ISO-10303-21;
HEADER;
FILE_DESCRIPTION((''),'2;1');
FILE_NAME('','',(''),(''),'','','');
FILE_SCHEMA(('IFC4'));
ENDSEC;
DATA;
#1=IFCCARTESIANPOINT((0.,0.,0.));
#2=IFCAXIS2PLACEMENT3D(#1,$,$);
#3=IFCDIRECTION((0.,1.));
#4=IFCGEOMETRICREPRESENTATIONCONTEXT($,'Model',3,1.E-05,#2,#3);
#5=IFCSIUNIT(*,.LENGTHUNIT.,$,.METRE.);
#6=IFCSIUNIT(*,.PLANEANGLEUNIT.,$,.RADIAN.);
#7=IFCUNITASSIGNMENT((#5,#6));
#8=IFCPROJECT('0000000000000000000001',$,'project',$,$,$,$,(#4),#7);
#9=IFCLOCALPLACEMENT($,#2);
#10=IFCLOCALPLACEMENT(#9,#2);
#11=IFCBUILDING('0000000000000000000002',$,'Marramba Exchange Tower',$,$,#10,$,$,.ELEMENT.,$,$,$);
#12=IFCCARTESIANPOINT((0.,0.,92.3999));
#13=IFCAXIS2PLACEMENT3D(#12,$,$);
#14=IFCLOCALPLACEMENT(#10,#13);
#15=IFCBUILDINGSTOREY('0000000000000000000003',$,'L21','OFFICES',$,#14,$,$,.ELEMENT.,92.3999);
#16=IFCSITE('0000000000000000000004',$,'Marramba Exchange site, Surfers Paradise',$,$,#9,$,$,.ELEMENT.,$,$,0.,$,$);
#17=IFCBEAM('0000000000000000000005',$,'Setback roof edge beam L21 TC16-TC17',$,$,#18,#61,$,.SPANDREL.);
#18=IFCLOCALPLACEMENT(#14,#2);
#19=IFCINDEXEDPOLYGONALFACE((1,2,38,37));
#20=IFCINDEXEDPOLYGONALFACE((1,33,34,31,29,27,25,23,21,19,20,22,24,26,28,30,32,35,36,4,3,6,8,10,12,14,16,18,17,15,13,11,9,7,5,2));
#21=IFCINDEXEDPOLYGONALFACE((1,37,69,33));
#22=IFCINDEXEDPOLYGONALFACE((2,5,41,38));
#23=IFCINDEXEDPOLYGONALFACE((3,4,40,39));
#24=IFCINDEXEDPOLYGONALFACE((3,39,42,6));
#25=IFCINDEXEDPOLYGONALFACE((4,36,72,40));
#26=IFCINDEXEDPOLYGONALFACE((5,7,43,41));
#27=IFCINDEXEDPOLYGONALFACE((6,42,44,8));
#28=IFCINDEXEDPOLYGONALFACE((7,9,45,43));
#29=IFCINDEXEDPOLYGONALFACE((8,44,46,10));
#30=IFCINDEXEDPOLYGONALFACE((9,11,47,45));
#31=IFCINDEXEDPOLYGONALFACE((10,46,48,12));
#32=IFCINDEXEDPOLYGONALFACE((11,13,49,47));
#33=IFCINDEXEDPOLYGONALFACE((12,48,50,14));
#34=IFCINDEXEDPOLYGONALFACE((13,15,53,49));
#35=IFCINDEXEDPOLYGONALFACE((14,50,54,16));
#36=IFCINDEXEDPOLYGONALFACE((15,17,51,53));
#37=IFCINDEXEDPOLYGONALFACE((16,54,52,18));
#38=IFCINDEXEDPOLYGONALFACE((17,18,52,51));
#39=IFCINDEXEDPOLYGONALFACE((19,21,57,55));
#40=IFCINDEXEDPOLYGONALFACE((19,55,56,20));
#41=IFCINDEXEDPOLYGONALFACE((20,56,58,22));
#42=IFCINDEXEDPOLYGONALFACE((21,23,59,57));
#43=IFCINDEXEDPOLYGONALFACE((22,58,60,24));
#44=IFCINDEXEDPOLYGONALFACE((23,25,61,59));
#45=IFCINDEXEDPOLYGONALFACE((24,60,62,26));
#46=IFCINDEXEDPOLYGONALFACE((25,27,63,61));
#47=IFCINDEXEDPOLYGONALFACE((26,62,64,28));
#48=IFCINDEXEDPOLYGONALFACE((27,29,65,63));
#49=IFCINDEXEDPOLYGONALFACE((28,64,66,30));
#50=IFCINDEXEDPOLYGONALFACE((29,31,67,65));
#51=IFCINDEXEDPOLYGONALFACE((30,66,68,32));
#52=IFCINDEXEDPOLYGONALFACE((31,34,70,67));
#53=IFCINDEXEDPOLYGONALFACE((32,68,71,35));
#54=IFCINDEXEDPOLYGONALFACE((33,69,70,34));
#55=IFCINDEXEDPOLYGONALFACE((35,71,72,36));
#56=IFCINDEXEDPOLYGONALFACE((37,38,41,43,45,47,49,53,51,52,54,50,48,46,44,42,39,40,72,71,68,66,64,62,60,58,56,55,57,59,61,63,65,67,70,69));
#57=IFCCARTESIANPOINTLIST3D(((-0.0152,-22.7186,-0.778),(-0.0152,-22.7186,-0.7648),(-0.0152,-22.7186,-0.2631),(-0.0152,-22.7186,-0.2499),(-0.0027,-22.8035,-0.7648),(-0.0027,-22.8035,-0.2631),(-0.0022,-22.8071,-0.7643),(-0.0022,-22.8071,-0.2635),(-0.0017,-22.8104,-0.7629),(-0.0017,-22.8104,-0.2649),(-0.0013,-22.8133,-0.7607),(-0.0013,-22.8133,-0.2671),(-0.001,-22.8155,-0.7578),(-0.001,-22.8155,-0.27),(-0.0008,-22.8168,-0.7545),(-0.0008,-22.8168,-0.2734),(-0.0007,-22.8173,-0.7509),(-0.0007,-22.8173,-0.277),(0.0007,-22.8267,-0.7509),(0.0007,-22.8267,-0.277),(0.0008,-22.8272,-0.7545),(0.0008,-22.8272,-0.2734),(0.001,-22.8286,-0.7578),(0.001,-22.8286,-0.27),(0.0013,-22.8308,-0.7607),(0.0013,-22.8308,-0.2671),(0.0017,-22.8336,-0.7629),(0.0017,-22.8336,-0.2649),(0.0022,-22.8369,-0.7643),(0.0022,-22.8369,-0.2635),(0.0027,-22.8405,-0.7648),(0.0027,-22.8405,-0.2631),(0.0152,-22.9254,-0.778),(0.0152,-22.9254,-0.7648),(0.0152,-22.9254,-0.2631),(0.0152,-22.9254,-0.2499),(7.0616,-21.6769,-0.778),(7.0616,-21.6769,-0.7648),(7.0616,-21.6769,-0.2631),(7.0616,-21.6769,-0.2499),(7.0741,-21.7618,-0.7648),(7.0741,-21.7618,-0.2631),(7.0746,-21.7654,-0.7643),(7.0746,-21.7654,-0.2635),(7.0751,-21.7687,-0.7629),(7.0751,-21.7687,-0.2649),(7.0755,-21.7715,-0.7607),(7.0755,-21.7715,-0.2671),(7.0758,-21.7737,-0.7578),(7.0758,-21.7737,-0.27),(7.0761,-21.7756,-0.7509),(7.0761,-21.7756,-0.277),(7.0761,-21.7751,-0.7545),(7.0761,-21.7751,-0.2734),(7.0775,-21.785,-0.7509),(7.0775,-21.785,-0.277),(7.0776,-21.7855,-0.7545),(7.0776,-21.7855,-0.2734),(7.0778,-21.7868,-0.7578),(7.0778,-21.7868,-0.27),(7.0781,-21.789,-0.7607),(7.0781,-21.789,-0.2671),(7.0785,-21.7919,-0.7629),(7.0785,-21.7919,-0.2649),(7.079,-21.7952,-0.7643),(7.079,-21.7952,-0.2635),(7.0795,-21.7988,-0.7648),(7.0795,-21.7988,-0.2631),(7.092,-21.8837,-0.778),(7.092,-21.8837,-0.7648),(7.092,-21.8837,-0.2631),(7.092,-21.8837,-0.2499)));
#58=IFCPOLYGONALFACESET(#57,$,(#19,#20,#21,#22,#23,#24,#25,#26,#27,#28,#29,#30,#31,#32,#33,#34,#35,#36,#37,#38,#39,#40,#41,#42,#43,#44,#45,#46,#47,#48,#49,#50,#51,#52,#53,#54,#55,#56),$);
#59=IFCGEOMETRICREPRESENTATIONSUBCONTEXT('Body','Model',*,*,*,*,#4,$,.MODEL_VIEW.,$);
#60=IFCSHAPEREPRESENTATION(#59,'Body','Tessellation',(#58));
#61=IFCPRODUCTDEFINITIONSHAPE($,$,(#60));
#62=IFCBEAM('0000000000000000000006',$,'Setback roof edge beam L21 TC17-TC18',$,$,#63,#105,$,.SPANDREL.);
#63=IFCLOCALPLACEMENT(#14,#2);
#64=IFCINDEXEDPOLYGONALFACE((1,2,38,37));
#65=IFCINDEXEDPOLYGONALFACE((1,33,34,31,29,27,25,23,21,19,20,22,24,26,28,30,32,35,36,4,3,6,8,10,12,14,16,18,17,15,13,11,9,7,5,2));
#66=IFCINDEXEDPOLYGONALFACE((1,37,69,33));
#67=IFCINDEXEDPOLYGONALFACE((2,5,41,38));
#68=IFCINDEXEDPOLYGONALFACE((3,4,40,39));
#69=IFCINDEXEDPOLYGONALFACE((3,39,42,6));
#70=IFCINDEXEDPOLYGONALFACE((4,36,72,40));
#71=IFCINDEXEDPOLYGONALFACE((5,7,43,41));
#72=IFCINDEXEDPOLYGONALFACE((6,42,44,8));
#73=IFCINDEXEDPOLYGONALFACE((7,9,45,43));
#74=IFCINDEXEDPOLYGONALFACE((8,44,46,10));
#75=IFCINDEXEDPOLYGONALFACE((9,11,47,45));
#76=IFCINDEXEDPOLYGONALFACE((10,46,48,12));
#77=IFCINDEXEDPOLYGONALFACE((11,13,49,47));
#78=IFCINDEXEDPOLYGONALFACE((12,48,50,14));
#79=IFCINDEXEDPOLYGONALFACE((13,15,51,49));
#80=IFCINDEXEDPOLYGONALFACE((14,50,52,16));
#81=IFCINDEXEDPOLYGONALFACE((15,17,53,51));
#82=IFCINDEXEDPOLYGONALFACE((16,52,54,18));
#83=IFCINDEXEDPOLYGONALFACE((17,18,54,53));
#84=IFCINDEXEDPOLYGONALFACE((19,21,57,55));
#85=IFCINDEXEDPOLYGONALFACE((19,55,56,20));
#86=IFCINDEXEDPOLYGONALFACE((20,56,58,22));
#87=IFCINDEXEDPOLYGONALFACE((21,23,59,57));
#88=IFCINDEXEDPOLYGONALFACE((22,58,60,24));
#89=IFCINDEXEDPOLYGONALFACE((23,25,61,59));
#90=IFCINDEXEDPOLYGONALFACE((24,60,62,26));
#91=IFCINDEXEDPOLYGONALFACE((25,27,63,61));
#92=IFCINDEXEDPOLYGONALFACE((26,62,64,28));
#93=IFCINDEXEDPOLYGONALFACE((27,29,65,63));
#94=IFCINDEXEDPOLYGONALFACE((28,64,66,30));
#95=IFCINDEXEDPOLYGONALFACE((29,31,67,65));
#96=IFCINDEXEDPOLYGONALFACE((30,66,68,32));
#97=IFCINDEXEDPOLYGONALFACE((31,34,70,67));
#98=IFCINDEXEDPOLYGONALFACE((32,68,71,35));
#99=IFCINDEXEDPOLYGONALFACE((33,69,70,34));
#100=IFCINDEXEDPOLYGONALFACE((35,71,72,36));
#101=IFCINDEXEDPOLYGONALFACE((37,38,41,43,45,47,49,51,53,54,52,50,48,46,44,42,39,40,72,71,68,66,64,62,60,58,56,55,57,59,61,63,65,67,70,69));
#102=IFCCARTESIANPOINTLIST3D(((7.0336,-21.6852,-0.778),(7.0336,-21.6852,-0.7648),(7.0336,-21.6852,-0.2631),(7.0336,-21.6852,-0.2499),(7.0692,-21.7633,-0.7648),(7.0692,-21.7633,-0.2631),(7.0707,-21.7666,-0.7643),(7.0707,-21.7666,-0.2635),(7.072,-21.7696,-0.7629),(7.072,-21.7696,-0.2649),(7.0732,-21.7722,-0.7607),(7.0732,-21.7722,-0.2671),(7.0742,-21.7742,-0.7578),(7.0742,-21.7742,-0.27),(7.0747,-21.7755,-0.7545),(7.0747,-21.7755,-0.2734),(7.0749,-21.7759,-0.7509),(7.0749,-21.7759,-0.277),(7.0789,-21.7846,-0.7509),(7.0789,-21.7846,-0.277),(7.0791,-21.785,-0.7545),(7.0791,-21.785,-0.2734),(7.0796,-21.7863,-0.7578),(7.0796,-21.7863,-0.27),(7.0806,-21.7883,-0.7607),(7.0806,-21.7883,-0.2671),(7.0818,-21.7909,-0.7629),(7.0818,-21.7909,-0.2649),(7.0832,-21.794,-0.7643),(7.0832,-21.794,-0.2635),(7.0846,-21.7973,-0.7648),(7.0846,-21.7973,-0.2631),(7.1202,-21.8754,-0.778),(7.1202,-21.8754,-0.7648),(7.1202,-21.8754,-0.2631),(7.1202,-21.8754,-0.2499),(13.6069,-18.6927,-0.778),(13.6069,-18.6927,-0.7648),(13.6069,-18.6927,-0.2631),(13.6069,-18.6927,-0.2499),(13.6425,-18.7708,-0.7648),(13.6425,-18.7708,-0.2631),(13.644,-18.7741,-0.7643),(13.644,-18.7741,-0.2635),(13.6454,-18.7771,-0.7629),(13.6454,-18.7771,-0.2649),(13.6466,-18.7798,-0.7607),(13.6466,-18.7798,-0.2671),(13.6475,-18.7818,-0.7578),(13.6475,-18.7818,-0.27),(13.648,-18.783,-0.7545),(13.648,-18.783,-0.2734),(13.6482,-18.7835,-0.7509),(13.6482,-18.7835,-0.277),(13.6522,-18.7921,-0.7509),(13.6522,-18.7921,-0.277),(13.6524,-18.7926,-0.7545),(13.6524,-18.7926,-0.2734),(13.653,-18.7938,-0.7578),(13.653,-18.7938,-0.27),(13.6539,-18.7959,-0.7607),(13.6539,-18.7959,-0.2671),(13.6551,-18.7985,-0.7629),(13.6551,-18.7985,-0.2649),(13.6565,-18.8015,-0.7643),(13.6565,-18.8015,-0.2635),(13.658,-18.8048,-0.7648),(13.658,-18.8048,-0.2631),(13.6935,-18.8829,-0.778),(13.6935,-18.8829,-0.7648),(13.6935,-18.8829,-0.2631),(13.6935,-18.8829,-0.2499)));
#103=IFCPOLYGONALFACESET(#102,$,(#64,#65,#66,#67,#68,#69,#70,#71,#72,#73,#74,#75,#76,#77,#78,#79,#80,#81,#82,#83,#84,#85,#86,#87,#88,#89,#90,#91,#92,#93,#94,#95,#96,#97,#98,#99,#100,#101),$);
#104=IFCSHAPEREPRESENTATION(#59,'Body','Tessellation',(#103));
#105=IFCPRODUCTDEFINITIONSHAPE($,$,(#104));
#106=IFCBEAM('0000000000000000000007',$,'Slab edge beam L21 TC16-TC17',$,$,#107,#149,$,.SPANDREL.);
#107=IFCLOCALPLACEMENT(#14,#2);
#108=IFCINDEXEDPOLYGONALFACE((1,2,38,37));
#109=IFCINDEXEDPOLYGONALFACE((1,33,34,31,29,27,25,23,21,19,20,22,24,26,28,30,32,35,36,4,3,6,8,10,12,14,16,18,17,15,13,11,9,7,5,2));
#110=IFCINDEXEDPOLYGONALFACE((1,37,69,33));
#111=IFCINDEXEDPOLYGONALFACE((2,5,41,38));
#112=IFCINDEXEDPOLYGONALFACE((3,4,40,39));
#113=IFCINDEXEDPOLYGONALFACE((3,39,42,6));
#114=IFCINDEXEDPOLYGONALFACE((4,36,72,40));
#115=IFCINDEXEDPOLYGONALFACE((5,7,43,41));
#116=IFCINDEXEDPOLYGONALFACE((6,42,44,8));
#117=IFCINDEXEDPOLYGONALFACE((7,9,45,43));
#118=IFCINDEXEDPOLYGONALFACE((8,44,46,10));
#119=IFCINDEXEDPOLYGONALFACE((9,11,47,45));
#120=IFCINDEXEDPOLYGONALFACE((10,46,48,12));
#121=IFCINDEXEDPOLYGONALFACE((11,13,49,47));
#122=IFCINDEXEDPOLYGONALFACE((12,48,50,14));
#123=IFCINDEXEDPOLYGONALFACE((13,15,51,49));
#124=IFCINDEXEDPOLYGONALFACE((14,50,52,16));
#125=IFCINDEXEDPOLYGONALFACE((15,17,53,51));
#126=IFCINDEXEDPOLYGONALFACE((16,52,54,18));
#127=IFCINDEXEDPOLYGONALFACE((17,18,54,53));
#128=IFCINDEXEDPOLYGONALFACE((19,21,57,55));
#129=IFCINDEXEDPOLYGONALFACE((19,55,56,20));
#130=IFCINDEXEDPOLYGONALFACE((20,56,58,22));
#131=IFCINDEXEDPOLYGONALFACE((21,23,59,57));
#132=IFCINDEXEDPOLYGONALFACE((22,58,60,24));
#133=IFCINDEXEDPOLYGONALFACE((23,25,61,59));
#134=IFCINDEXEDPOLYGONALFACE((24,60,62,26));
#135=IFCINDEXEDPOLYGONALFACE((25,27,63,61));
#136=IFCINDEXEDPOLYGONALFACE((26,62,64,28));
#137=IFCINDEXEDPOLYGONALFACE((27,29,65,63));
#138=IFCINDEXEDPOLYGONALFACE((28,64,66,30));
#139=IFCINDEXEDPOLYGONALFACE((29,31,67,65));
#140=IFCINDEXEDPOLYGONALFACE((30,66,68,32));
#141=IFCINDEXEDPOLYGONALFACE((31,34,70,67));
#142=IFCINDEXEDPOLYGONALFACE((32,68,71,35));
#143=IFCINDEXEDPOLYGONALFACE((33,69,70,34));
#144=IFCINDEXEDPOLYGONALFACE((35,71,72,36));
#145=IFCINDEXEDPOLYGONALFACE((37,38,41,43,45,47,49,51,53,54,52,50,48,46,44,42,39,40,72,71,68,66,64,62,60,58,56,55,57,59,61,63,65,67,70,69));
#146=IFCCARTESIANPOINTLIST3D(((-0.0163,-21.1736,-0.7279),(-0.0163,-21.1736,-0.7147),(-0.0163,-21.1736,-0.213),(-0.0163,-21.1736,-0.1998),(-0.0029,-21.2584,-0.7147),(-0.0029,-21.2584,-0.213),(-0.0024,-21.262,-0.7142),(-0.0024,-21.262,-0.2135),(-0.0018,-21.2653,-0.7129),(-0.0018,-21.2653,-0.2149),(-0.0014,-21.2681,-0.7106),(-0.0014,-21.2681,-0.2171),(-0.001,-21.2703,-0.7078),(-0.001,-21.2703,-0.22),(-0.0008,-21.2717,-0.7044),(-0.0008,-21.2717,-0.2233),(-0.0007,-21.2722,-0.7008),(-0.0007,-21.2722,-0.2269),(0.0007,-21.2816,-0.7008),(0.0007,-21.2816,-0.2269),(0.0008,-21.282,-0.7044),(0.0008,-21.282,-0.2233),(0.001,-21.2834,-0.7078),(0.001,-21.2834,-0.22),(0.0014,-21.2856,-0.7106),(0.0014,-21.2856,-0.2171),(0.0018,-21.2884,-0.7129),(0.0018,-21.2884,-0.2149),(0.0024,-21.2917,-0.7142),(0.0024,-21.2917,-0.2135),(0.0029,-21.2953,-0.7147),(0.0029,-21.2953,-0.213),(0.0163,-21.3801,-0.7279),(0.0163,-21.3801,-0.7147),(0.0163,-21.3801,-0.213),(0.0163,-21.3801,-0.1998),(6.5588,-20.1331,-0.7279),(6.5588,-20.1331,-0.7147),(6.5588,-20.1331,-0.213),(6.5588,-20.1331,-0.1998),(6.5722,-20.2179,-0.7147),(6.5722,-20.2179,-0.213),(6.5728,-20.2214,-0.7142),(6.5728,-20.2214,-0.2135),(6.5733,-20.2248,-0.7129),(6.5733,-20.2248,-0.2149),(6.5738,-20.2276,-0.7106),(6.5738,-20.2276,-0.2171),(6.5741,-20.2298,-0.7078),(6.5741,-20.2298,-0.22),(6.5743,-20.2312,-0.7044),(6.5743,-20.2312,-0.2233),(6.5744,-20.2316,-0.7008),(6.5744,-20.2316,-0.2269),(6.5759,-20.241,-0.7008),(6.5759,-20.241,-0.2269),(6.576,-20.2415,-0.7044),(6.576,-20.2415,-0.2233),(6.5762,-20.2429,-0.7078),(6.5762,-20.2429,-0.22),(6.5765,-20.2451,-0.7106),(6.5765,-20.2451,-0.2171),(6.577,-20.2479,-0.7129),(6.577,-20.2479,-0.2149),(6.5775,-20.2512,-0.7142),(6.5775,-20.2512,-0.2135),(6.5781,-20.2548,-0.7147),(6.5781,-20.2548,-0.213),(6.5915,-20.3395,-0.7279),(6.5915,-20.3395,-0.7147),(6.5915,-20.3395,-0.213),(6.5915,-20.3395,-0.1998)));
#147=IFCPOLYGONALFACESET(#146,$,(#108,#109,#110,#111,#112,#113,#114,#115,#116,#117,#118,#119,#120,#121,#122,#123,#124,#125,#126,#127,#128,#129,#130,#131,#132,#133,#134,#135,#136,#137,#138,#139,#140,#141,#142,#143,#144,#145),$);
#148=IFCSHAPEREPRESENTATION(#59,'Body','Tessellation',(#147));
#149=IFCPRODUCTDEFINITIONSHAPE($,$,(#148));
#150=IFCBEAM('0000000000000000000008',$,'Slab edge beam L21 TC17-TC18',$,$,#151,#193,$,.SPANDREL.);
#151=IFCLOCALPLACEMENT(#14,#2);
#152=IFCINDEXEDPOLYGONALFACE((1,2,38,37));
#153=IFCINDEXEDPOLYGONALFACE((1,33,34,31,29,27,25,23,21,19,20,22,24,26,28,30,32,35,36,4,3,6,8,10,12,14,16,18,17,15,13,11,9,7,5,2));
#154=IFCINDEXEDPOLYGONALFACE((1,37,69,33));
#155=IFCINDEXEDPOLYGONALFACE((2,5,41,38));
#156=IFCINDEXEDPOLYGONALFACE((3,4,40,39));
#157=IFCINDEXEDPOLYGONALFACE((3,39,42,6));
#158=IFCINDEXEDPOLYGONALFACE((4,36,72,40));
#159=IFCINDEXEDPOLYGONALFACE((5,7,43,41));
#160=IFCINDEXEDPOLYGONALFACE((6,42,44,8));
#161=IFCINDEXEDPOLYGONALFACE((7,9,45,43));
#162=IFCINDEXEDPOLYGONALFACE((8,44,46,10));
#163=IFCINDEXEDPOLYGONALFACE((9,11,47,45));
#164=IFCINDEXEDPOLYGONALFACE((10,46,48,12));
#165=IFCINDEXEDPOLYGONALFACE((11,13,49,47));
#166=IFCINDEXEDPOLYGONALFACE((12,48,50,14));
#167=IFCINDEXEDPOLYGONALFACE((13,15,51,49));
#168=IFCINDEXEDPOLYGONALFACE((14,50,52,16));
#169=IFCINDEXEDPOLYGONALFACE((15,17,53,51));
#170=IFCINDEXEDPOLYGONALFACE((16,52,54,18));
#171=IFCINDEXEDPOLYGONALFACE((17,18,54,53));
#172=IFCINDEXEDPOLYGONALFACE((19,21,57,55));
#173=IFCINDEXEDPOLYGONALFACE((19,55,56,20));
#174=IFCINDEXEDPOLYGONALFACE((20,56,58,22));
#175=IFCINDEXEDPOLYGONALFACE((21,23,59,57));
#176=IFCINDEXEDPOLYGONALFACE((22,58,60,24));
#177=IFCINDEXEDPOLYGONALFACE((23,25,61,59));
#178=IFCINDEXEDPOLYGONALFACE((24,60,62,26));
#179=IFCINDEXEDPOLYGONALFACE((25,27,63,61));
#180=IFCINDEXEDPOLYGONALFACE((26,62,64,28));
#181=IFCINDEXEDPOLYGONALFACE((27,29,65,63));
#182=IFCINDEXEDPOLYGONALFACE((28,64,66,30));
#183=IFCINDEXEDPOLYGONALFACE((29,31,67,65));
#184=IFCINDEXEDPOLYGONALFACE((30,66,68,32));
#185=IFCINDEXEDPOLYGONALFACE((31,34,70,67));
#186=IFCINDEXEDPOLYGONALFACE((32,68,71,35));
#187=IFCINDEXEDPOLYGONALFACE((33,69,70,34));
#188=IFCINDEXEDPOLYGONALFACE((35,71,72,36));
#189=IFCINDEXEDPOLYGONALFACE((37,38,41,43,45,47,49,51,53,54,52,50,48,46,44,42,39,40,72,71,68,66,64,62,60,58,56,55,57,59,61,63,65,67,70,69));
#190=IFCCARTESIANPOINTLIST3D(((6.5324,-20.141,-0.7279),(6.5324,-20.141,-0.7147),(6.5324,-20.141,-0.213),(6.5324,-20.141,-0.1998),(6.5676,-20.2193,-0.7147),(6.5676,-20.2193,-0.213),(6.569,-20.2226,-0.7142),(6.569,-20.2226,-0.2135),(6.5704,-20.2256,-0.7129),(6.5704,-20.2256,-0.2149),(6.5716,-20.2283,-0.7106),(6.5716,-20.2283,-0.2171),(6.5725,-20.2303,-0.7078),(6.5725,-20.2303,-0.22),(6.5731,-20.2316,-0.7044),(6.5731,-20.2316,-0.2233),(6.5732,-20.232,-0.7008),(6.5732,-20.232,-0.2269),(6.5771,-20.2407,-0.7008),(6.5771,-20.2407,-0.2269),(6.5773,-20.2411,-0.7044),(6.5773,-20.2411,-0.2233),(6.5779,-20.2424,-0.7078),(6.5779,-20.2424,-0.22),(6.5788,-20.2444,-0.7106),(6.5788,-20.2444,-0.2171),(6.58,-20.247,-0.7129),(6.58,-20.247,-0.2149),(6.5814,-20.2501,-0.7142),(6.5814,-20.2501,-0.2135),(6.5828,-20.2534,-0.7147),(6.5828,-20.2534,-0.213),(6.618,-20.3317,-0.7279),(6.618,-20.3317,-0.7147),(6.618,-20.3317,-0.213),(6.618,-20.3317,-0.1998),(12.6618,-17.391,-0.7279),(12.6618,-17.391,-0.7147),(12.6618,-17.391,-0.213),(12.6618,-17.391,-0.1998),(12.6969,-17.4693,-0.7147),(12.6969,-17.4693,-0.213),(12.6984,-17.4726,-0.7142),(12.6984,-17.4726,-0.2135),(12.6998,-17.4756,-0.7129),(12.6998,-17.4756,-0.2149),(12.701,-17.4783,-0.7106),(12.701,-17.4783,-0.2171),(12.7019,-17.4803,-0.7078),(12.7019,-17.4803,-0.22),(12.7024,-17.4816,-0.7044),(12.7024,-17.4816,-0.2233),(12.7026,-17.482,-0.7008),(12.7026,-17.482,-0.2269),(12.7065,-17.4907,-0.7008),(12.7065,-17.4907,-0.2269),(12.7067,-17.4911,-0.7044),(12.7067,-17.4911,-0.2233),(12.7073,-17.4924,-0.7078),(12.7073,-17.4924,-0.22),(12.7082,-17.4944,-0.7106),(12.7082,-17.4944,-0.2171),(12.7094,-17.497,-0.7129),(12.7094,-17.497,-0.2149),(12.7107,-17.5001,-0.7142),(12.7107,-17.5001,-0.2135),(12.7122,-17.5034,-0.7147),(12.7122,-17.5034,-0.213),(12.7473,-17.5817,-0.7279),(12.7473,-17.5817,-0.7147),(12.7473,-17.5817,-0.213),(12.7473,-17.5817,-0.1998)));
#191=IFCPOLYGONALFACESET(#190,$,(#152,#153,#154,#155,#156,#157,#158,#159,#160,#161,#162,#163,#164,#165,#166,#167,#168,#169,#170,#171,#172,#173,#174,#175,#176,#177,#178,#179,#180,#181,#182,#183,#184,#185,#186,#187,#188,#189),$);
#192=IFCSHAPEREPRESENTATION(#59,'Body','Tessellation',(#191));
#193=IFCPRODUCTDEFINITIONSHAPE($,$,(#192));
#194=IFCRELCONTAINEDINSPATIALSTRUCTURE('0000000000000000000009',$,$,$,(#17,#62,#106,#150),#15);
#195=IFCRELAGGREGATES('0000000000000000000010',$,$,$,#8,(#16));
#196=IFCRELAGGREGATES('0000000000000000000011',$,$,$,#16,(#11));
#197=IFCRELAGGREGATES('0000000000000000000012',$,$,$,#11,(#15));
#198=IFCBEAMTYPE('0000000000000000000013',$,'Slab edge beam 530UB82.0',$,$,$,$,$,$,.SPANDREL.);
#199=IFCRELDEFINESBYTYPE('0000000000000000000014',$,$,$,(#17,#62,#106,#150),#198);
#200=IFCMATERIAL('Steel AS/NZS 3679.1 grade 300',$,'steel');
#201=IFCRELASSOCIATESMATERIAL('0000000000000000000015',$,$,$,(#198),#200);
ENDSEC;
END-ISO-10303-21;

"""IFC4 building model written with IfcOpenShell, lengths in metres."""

from ifc_helpers import new_model, si_unit, direction, frame, origin, origin_2d, place, context, subcontext, project, spatial, i_section, extrude, material, material_profile, profile_set, type_object, element, save


model = new_model("IFC4")

# Units and contexts
model_context = context("Model", 3, precision=1e-05, world=origin(), true_north=direction((0.0, 1.0)))
body_context = subcontext(model_context, "Body", "Model", "MODEL_VIEW")
ifc_project = project(units=[si_unit("LENGTHUNIT", "METRE"), si_unit("PLANEANGLEUNIT", "RADIAN")], contexts=[model_context])

# Site, building, storey
site_placement = place(None, origin())
site = spatial("IfcSite", under=ifc_project, at=site_placement, Name="Marramba Exchange site, Surfers Paradise", CompositionType="ELEMENT", RefElevation=0.0)
building_placement = place(site_placement, origin())
building = spatial("IfcBuilding", under=site, at=building_placement, Name="Marramba Exchange Tower", CompositionType="ELEMENT")
storey_placement = place(building_placement, frame((0.0, 0.0, 92.3999)))
storey = spatial("IfcBuildingStorey", under=building, at=storey_placement, Name="L21", Description="OFFICES", CompositionType="ELEMENT", Elevation=92.3999)

# Shared definitions
ifc_material_1 = material(Name="Steel AS/NZS 3679.1 grade 300", Category="steel")

# Beams
ifc_material_profile_1 = material_profile(ifc_material_1, i_section(OverallWidth=0.209, OverallDepth=0.5281, WebThickness=0.0095, FlangeThickness=0.0132, FilletRadius=0.0139, at=origin_2d()), Name="530UB82.0")
ifc_profile_set_1 = profile_set([ifc_material_profile_1], Name="Steel AS/NZS 3679.1 grade 300")
beam_type_1 = type_object("IfcBeamType", Name="Slab edge beam 530UB82.0", PredefinedType="SPANDREL", material=ifc_profile_set_1)
beam_1_placement = place(storey_placement, frame((0.0, -22.822, -0.5139), z_axis=(0.989338, 0.145634, 0.0), x_axis=(-0.145634, 0.989338, 0.0)))
element("IfcBeam", 1, at=beam_1_placement, inside=storey, type_object=beam_type_1, Name="Setback roof edge beam L21 TC16-TC17", PredefinedType="SPANDREL", context=body_context, shape_type="SweptSolid", body=[
    extrude(i_section(OverallWidth=0.209, OverallDepth=0.5281, WebThickness=0.0095, FlangeThickness=0.0132, FilletRadius=0.0139, at=origin_2d()), origin(), (0.0, 0.0, 1.0), 7.1531),
])
beam_2_placement = place(storey_placement, frame((7.0769, -21.7803, -0.5139), z_axis=(0.910127, 0.41433, 0.0), x_axis=(-0.41433, 0.910127, 0.0)))
element("IfcBeam", 2, at=beam_2_placement, inside=storey, type_object=beam_type_1, Name="Setback roof edge beam L21 TC17-TC18", PredefinedType="SPANDREL", context=body_context, shape_type="SweptSolid", body=[
    extrude(i_section(OverallWidth=0.209, OverallDepth=0.5281, WebThickness=0.0095, FlangeThickness=0.0132, FilletRadius=0.0139, at=origin_2d()), origin(), (0.0, 0.0, 1.0), 7.2224),
])
beam_3_placement = place(storey_placement, frame((0.0, -21.2769, -0.4639), z_axis=(0.987709, 0.156305, 0.0), x_axis=(-0.156305, 0.987709, 0.0)))
element("IfcBeam", 3, at=beam_3_placement, inside=storey, type_object=beam_type_1, Name="Slab edge beam L21 TC16-TC17", PredefinedType="SPANDREL", context=body_context, shape_type="SweptSolid", body=[
    extrude(i_section(OverallWidth=0.209, OverallDepth=0.5281, WebThickness=0.0095, FlangeThickness=0.0132, FilletRadius=0.0139, at=origin_2d()), origin(), (0.0, 0.0, 1.0), 6.657),
])
beam_4_placement = place(storey_placement, frame((6.5752, -20.2363, -0.4639), z_axis=(0.912379, 0.409346, 0.0), x_axis=(-0.409346, 0.912379, 0.0)))
element("IfcBeam", 4, at=beam_4_placement, inside=storey, type_object=beam_type_1, Name="Slab edge beam L21 TC17-TC18", PredefinedType="SPANDREL", context=body_context, shape_type="SweptSolid", body=[
    extrude(i_section(OverallWidth=0.209, OverallDepth=0.5281, WebThickness=0.0095, FlangeThickness=0.0132, FilletRadius=0.0139, at=origin_2d()), origin(), (0.0, 0.0, 1.0), 6.718),
])

save(model, "model.ifc")
